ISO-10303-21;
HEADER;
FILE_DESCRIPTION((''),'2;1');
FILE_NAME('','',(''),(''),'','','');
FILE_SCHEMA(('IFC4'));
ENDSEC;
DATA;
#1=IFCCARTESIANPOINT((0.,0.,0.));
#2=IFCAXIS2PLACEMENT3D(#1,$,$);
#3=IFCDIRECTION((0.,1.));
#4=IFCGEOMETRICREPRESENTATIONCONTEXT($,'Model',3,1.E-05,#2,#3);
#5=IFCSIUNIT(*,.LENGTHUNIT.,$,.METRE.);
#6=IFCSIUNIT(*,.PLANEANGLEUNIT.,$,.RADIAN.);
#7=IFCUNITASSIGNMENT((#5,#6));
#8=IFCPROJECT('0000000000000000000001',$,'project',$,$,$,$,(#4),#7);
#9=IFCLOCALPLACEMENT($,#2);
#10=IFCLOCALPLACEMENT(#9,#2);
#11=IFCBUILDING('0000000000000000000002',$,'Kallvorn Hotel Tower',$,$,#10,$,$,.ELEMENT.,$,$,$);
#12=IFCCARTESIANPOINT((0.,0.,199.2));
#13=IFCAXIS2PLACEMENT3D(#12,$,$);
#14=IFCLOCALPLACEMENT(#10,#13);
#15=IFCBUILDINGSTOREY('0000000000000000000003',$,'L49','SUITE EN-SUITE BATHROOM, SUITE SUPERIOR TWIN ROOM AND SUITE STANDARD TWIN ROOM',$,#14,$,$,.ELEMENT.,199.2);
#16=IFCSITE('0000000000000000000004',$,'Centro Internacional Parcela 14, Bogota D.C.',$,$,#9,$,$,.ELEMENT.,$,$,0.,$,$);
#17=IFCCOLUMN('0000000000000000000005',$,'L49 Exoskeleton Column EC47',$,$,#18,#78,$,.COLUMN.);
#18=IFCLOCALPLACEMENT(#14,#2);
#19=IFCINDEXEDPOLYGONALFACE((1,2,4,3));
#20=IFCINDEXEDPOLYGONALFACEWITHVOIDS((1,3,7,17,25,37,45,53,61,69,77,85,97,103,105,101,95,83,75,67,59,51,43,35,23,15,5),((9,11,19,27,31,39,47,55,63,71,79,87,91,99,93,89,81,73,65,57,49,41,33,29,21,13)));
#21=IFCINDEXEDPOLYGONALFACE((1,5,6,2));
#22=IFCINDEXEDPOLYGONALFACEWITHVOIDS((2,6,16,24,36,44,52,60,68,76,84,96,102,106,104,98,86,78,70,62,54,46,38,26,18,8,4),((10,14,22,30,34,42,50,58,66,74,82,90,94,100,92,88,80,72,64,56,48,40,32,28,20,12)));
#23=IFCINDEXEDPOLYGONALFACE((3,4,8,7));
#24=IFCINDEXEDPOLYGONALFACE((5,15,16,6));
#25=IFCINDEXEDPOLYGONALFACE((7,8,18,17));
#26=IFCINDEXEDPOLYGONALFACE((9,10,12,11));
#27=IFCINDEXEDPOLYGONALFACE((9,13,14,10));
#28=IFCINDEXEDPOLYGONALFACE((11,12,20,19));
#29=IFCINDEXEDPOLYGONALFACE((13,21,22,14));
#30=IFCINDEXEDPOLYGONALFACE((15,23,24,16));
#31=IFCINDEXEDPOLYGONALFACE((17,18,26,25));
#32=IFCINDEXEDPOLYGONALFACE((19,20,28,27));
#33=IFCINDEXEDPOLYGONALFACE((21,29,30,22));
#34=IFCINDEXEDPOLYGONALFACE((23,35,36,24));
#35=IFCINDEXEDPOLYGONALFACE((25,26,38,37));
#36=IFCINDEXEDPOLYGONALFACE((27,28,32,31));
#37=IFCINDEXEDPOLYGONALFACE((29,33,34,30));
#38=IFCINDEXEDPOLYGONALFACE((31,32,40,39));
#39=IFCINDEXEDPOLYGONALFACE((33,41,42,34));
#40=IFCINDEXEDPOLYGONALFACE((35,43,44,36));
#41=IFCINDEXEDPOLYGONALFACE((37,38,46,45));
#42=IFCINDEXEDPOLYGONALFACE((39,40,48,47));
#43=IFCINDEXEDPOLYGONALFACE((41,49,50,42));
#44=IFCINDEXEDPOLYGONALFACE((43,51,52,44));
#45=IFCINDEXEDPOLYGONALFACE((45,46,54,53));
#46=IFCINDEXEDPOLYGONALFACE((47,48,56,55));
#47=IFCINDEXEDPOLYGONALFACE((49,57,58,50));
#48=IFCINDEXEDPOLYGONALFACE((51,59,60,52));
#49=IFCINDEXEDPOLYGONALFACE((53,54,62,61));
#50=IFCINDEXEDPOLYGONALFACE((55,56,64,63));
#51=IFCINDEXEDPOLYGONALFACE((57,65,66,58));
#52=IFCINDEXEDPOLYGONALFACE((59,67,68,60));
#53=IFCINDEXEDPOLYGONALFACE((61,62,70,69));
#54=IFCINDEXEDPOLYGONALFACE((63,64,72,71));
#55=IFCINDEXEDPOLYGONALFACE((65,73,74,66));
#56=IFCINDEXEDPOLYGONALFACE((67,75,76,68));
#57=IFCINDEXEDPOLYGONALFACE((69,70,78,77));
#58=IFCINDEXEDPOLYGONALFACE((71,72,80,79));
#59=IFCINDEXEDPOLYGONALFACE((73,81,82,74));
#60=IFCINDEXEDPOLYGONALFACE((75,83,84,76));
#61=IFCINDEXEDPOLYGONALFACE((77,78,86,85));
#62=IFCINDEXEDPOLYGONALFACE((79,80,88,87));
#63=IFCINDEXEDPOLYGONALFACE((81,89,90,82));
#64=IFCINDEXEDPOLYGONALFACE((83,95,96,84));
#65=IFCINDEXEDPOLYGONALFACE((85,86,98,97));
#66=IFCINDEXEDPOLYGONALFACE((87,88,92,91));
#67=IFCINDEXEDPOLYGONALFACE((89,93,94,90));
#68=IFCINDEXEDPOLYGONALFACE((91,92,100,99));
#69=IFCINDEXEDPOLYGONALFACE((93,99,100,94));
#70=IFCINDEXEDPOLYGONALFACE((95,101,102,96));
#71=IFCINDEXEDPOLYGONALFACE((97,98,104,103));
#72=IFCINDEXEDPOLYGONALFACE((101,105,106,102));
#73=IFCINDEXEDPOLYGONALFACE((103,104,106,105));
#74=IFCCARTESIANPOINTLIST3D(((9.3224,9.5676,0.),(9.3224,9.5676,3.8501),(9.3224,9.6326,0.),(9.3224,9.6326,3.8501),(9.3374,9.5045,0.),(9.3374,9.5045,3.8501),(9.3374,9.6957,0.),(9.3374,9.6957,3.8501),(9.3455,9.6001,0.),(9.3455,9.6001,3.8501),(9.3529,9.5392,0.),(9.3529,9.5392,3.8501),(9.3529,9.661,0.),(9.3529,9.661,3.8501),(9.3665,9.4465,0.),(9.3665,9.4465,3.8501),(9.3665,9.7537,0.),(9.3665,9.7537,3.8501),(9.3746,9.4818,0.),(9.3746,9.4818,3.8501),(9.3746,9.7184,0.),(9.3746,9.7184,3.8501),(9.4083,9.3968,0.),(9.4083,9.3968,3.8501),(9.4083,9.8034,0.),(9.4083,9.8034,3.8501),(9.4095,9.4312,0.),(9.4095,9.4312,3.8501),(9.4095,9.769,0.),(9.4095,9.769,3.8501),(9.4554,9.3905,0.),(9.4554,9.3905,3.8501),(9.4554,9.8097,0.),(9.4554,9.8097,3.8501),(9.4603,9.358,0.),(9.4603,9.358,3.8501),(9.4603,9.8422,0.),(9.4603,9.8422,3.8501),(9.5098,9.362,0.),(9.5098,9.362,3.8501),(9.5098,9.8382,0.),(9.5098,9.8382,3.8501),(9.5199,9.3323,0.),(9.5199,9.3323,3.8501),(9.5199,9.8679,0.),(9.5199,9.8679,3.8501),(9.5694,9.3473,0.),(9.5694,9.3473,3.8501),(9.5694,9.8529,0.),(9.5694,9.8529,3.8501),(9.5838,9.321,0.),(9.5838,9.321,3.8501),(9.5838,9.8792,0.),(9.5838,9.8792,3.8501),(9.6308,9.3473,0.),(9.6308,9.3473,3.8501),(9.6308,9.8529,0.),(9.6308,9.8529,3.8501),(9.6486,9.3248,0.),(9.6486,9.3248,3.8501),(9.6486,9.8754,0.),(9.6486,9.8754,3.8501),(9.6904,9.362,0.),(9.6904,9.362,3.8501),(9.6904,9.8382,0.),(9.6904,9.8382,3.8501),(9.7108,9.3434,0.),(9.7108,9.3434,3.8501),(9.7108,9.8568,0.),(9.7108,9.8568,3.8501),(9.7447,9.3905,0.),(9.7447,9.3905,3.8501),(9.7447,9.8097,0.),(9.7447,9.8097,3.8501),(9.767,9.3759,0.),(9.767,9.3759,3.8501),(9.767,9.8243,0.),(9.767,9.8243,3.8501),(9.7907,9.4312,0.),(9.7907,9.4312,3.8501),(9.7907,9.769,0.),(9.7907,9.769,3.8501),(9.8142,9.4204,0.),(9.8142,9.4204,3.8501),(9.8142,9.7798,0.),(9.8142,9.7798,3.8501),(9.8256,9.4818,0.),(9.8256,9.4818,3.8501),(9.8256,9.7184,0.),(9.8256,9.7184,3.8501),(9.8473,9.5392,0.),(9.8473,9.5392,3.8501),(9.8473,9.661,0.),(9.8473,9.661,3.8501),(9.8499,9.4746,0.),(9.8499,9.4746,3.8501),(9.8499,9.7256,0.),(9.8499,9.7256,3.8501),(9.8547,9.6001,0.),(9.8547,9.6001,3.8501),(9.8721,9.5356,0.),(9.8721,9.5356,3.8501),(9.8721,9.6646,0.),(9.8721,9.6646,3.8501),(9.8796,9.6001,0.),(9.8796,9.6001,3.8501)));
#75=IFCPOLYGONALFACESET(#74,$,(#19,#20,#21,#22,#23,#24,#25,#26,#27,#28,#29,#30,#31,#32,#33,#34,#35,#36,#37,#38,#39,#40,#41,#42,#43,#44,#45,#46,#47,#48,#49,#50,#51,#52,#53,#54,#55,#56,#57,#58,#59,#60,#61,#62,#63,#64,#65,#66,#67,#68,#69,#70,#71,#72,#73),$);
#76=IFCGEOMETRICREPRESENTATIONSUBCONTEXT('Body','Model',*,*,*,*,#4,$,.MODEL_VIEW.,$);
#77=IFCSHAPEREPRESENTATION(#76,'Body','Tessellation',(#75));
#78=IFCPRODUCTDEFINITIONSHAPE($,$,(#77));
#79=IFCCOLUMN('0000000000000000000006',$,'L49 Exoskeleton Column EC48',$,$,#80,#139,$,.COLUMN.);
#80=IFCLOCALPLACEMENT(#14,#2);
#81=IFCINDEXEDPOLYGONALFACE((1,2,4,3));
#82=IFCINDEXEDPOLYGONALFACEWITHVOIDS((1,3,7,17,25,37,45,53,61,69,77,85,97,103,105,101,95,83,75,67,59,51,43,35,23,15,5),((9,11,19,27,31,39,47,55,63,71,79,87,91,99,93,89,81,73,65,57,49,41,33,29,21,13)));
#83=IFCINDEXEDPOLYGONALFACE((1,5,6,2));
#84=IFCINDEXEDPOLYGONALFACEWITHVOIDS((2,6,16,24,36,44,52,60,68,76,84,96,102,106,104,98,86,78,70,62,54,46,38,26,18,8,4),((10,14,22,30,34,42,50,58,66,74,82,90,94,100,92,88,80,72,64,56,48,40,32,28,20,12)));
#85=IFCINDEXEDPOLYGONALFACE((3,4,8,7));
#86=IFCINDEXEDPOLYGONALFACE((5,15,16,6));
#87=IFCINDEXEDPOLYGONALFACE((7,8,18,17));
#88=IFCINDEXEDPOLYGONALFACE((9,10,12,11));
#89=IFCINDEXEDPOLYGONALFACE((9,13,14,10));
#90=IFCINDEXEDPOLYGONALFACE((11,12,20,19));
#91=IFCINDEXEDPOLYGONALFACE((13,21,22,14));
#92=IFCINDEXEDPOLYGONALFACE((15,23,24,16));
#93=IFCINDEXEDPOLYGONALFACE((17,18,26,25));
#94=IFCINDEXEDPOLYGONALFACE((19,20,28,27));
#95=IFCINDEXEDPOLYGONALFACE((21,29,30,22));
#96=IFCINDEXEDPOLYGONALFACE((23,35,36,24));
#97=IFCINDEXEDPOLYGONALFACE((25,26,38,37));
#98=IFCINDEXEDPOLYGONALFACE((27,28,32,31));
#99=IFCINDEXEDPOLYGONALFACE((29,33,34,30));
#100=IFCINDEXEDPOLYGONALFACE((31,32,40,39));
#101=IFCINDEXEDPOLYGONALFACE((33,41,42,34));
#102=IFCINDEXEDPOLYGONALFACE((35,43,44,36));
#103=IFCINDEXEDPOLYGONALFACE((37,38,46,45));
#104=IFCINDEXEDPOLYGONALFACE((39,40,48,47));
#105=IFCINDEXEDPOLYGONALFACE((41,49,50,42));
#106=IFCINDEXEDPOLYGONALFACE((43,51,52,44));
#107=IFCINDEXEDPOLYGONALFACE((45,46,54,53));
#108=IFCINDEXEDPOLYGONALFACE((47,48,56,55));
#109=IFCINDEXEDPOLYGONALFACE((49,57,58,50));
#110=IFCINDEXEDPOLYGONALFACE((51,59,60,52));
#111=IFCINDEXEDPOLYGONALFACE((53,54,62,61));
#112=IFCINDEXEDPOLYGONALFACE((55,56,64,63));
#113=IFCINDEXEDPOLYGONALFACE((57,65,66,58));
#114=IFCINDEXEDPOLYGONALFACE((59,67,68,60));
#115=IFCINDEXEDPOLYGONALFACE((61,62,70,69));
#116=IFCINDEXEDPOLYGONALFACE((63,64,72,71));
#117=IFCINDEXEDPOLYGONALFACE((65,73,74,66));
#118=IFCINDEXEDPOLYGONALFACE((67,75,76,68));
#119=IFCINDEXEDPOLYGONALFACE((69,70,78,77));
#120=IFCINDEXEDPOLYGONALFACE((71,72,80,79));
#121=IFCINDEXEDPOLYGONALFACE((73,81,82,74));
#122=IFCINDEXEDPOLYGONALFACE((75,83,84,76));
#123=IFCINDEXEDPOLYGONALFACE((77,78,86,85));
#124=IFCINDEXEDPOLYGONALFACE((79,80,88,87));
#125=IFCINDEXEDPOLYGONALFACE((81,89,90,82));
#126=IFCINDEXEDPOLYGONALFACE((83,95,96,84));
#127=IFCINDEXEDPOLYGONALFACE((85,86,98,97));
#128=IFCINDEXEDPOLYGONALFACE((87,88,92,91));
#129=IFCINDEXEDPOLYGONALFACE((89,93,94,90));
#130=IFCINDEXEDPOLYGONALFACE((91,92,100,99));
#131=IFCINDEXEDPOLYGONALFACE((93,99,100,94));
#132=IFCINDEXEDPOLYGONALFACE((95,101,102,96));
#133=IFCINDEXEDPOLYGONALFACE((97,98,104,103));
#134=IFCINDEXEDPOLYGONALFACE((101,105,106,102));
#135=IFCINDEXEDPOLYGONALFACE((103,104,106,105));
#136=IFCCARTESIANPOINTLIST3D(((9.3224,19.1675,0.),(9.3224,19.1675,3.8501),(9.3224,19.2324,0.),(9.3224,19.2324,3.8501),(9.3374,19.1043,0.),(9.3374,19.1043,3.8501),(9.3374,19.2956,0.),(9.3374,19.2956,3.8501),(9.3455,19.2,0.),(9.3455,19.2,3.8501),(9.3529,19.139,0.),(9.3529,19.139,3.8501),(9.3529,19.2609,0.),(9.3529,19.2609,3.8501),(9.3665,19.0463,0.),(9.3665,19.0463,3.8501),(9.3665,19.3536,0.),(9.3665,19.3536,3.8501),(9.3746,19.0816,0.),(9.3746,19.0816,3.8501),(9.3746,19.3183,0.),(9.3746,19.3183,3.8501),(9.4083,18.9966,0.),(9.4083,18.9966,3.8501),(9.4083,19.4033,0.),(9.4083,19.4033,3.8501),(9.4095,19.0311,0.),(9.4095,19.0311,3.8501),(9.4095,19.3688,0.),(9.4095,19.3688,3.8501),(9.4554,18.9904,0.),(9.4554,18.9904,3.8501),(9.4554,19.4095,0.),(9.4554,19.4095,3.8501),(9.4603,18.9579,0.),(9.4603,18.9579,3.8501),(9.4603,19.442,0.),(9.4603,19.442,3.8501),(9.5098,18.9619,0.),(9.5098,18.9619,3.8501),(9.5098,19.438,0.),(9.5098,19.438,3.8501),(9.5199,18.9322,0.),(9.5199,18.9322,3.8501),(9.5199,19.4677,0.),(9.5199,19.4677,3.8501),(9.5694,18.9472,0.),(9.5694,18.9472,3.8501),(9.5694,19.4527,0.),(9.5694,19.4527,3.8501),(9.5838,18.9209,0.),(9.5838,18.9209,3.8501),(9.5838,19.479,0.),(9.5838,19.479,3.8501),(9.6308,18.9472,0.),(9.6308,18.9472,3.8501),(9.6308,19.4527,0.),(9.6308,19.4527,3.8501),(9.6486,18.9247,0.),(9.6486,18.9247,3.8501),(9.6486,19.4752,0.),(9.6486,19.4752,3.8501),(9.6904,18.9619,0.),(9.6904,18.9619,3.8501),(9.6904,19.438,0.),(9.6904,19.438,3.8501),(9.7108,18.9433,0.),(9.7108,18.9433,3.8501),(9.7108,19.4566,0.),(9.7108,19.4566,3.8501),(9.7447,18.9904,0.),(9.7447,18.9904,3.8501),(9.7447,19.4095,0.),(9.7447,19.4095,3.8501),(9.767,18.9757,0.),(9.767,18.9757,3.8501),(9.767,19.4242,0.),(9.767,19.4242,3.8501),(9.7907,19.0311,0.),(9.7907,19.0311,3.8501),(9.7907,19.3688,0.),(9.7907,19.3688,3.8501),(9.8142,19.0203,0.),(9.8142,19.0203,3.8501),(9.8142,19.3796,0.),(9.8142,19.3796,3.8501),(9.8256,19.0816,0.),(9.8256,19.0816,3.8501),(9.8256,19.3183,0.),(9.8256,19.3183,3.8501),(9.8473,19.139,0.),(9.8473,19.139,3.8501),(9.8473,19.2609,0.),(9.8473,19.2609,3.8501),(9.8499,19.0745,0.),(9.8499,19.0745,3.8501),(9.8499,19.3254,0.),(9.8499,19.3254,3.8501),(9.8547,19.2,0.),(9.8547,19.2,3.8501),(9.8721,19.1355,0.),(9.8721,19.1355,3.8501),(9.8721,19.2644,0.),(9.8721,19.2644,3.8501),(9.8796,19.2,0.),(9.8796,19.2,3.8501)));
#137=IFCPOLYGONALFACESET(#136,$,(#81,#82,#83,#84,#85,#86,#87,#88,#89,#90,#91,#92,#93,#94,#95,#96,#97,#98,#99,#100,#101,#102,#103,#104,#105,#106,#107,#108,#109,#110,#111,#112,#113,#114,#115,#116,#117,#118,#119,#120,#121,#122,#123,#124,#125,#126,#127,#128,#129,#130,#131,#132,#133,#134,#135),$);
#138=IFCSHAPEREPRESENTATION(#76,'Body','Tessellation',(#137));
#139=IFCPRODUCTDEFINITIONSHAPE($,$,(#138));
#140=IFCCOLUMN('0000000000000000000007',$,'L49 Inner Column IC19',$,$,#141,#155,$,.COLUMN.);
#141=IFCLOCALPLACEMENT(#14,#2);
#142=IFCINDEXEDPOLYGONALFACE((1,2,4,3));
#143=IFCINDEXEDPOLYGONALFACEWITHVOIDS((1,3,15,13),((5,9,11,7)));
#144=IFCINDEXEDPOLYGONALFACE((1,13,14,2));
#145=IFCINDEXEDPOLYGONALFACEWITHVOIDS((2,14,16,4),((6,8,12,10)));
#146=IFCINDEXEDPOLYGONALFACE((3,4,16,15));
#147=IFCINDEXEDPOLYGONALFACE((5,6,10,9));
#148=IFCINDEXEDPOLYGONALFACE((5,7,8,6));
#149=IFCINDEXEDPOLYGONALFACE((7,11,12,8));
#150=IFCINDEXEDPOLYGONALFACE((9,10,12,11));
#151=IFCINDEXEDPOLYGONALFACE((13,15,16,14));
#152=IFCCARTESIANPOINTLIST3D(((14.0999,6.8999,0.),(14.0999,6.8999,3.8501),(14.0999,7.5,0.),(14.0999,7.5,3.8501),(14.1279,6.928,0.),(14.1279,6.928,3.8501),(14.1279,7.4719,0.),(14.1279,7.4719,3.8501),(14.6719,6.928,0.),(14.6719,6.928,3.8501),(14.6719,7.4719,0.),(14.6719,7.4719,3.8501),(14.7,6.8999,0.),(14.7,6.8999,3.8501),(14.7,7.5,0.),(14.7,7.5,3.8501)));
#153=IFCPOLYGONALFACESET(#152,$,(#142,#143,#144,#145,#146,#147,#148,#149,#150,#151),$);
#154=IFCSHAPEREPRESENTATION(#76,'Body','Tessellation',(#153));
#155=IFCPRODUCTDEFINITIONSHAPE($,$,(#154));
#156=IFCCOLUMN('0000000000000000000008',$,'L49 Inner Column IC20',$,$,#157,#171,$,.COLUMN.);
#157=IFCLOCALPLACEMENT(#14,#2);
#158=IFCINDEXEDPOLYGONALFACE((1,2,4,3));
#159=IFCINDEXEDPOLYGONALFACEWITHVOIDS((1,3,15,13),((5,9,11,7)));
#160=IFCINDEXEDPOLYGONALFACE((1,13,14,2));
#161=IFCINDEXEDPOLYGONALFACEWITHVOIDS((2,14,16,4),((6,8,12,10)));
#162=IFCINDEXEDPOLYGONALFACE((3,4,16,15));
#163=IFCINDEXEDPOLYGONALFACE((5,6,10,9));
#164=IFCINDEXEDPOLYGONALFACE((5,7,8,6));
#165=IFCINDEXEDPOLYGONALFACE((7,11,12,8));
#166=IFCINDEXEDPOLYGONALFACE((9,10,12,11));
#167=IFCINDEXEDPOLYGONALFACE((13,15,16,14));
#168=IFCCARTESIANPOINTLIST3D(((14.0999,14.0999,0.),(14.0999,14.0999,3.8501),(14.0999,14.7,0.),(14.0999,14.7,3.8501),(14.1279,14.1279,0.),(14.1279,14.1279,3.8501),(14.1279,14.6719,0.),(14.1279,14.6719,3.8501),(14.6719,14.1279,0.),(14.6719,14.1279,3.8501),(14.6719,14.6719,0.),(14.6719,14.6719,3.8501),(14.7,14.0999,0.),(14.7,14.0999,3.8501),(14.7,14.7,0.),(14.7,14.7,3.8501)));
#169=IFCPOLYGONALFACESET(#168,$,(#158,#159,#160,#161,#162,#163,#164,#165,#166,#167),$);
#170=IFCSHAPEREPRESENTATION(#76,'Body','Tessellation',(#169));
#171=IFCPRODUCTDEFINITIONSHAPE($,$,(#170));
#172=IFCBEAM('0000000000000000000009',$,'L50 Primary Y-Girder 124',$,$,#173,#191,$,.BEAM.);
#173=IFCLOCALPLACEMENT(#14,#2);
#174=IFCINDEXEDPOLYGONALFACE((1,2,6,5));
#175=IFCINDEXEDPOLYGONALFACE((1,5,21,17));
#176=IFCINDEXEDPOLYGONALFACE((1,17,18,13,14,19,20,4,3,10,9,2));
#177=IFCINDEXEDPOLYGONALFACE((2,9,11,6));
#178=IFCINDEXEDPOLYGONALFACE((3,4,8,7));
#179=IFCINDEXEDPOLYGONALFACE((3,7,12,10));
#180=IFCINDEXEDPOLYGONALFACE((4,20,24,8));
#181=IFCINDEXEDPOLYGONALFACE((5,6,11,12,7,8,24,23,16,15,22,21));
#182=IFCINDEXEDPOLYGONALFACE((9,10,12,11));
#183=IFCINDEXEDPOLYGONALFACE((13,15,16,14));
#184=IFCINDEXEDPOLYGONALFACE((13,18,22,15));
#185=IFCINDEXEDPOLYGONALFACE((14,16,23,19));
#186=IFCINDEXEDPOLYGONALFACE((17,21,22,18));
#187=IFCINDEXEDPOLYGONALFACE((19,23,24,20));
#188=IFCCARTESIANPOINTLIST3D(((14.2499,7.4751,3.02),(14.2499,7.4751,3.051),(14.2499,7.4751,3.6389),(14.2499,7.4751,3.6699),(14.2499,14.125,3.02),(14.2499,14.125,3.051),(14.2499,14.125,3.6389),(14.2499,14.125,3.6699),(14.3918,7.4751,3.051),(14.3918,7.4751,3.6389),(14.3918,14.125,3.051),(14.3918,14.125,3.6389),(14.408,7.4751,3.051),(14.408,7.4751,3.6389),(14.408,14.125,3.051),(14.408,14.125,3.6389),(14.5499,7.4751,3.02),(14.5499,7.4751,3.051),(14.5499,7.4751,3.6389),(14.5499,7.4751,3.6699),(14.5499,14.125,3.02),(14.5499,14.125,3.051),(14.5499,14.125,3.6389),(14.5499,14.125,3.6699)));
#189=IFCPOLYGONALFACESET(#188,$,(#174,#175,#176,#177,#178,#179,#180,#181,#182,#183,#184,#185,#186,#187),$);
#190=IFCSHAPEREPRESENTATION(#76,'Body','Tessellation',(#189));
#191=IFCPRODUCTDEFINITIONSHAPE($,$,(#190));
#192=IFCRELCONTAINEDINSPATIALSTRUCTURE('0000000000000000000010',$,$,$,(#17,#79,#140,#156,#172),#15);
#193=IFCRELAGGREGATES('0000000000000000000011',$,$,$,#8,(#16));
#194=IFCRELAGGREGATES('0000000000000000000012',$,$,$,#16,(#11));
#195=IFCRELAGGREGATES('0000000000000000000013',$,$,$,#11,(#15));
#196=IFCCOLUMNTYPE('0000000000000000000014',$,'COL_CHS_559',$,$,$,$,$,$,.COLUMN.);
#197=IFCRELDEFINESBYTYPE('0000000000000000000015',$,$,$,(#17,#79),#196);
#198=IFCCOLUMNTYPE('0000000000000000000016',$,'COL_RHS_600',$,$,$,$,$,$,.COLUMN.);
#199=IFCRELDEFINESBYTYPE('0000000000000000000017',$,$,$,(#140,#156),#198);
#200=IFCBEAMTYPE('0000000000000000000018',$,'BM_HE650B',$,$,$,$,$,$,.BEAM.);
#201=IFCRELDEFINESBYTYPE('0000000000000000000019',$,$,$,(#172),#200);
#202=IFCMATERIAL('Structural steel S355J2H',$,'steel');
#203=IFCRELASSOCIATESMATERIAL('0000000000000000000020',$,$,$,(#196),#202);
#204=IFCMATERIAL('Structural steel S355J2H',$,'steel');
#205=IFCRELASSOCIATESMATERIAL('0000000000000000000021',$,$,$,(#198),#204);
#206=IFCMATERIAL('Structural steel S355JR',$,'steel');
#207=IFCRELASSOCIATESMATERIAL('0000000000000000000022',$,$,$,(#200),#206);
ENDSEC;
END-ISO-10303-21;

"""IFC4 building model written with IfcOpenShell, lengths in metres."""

from ifc_helpers import new_model, si_unit, direction, frame, origin, origin_2d, place, context, subcontext, project, spatial, hollow_rectangle, hollow_circle, i_section, extrude, material, material_profile, profile_set, type_object, element, save


model = new_model("IFC4")

# Units and contexts
model_context = context("Model", 3, precision=1e-05, world=origin(), true_north=direction((0.0, 1.0)))
body_context = subcontext(model_context, "Body", "Model", "MODEL_VIEW")
ifc_project = project(units=[si_unit("LENGTHUNIT", "METRE"), si_unit("PLANEANGLEUNIT", "RADIAN")], contexts=[model_context])

# Site, building, storey
site_placement = place(None, origin())
site = spatial("IfcSite", under=ifc_project, at=site_placement, Name="Centro Internacional Parcela 14, Bogota D.C.", CompositionType="ELEMENT", RefElevation=0.0)
building_placement = place(site_placement, origin())
building = spatial("IfcBuilding", under=site, at=building_placement, Name="Kallvorn Hotel Tower", CompositionType="ELEMENT")
storey_placement = place(building_placement, frame((0.0, 0.0, 199.2)))
storey = spatial("IfcBuildingStorey", under=building, at=storey_placement, Name="L49", Description="SUITE EN-SUITE BATHROOM, SUITE SUPERIOR TWIN ROOM AND SUITE STANDARD TWIN ROOM", CompositionType="ELEMENT", Elevation=199.2)

# Columns
ifc_material_1 = material(Name="Structural steel S355J2H", Category="steel")
ifc_material_profile_1 = material_profile(ifc_material_1, hollow_circle(Radius=0.2795, WallThickness=0.0249, at=origin_2d()), Name="CHS 559x25")
ifc_profile_set_1 = profile_set([ifc_material_profile_1], Name="Structural steel S355J2H")
column_type_1 = type_object("IfcColumnType", Name="COL_CHS_559", PredefinedType="COLUMN", material=ifc_profile_set_1)
for number, where, z_axis, x_axis, name in (
    (1, (9.6001, 9.6001, 0.0), (0.0, 0.0, 1.0), (1.0, 0.0, 0.0), "L49 Exoskeleton Column EC47"),
    (2, (9.6001, 19.2, 0.0), (0.0, 0.0, 1.0), (1.0, 0.0, 0.0), "L49 Exoskeleton Column EC48"),
):
    element("IfcColumn", number, at=place(storey_placement, frame(where, z_axis=z_axis, x_axis=x_axis)), inside=storey, type_object=column_type_1, Name=name, PredefinedType="COLUMN", context=body_context, shape_type="SweptSolid", body=[
        extrude(hollow_circle(Radius=0.2795, WallThickness=0.0249, at=origin_2d()), origin(), (0.0, 0.0, 1.0), 3.8501),
    ])
ifc_material_2 = material(Name="Structural steel S355J2H", Category="steel")
ifc_material_profile_2 = material_profile(ifc_material_2, hollow_rectangle(XDim=0.6001, YDim=0.6001, WallThickness=0.0281, at=origin_2d()), Name="RHS 600x600x28")
ifc_profile_set_2 = profile_set([ifc_material_profile_2], Name="Structural steel S355J2H")
column_type_2 = type_object("IfcColumnType", Name="COL_RHS_600", PredefinedType="COLUMN", material=ifc_profile_set_2)
for number, where, z_axis, x_axis, name in (
    (3, (14.3999, 7.2, 0.0), (0.0, 0.0, 1.0), (1.0, 0.0, 0.0), "L49 Inner Column IC19"),
    (4, (14.3999, 14.3999, 0.0), (0.0, 0.0, 1.0), (1.0, 0.0, 0.0), "L49 Inner Column IC20"),
):
    element("IfcColumn", number, at=place(storey_placement, frame(where, z_axis=z_axis, x_axis=x_axis)), inside=storey, type_object=column_type_2, Name=name, PredefinedType="COLUMN", context=body_context, shape_type="SweptSolid", body=[
        extrude(hollow_rectangle(XDim=0.6001, YDim=0.6001, WallThickness=0.0281, at=origin_2d()), origin(), (0.0, 0.0, 1.0), 3.8501),
    ])

# Beam
ifc_material_3 = material(Name="Structural steel S355JR", Category="steel")
ifc_material_profile_3 = material_profile(ifc_material_3, i_section(OverallWidth=0.3, OverallDepth=0.6499, WebThickness=0.0161, FlangeThickness=0.031, at=origin_2d()), Name="HE 650 B")
ifc_profile_set_3 = profile_set([ifc_material_profile_3], Name="Structural steel S355JR")
beam_type_1 = type_object("IfcBeamType", Name="BM_HE650B", PredefinedType="BEAM", material=ifc_profile_set_3)
beam_1_placement = place(storey_placement, frame((14.3999, 7.4751, 3.345), z_axis=(0.0, 1.0, 0.0), x_axis=(-1.0, 0.0, 0.0)))
element("IfcBeam", 5, at=beam_1_placement, inside=storey, type_object=beam_type_1, Name="L50 Primary Y-Girder 124", PredefinedType="BEAM", context=body_context, shape_type="SweptSolid", body=[
    extrude(i_section(OverallWidth=0.3, OverallDepth=0.6499, WebThickness=0.0161, FlangeThickness=0.031, at=origin_2d()), origin(), (0.0, 0.0, 1.0), 6.6499),
])

save(model, "model.ifc")
